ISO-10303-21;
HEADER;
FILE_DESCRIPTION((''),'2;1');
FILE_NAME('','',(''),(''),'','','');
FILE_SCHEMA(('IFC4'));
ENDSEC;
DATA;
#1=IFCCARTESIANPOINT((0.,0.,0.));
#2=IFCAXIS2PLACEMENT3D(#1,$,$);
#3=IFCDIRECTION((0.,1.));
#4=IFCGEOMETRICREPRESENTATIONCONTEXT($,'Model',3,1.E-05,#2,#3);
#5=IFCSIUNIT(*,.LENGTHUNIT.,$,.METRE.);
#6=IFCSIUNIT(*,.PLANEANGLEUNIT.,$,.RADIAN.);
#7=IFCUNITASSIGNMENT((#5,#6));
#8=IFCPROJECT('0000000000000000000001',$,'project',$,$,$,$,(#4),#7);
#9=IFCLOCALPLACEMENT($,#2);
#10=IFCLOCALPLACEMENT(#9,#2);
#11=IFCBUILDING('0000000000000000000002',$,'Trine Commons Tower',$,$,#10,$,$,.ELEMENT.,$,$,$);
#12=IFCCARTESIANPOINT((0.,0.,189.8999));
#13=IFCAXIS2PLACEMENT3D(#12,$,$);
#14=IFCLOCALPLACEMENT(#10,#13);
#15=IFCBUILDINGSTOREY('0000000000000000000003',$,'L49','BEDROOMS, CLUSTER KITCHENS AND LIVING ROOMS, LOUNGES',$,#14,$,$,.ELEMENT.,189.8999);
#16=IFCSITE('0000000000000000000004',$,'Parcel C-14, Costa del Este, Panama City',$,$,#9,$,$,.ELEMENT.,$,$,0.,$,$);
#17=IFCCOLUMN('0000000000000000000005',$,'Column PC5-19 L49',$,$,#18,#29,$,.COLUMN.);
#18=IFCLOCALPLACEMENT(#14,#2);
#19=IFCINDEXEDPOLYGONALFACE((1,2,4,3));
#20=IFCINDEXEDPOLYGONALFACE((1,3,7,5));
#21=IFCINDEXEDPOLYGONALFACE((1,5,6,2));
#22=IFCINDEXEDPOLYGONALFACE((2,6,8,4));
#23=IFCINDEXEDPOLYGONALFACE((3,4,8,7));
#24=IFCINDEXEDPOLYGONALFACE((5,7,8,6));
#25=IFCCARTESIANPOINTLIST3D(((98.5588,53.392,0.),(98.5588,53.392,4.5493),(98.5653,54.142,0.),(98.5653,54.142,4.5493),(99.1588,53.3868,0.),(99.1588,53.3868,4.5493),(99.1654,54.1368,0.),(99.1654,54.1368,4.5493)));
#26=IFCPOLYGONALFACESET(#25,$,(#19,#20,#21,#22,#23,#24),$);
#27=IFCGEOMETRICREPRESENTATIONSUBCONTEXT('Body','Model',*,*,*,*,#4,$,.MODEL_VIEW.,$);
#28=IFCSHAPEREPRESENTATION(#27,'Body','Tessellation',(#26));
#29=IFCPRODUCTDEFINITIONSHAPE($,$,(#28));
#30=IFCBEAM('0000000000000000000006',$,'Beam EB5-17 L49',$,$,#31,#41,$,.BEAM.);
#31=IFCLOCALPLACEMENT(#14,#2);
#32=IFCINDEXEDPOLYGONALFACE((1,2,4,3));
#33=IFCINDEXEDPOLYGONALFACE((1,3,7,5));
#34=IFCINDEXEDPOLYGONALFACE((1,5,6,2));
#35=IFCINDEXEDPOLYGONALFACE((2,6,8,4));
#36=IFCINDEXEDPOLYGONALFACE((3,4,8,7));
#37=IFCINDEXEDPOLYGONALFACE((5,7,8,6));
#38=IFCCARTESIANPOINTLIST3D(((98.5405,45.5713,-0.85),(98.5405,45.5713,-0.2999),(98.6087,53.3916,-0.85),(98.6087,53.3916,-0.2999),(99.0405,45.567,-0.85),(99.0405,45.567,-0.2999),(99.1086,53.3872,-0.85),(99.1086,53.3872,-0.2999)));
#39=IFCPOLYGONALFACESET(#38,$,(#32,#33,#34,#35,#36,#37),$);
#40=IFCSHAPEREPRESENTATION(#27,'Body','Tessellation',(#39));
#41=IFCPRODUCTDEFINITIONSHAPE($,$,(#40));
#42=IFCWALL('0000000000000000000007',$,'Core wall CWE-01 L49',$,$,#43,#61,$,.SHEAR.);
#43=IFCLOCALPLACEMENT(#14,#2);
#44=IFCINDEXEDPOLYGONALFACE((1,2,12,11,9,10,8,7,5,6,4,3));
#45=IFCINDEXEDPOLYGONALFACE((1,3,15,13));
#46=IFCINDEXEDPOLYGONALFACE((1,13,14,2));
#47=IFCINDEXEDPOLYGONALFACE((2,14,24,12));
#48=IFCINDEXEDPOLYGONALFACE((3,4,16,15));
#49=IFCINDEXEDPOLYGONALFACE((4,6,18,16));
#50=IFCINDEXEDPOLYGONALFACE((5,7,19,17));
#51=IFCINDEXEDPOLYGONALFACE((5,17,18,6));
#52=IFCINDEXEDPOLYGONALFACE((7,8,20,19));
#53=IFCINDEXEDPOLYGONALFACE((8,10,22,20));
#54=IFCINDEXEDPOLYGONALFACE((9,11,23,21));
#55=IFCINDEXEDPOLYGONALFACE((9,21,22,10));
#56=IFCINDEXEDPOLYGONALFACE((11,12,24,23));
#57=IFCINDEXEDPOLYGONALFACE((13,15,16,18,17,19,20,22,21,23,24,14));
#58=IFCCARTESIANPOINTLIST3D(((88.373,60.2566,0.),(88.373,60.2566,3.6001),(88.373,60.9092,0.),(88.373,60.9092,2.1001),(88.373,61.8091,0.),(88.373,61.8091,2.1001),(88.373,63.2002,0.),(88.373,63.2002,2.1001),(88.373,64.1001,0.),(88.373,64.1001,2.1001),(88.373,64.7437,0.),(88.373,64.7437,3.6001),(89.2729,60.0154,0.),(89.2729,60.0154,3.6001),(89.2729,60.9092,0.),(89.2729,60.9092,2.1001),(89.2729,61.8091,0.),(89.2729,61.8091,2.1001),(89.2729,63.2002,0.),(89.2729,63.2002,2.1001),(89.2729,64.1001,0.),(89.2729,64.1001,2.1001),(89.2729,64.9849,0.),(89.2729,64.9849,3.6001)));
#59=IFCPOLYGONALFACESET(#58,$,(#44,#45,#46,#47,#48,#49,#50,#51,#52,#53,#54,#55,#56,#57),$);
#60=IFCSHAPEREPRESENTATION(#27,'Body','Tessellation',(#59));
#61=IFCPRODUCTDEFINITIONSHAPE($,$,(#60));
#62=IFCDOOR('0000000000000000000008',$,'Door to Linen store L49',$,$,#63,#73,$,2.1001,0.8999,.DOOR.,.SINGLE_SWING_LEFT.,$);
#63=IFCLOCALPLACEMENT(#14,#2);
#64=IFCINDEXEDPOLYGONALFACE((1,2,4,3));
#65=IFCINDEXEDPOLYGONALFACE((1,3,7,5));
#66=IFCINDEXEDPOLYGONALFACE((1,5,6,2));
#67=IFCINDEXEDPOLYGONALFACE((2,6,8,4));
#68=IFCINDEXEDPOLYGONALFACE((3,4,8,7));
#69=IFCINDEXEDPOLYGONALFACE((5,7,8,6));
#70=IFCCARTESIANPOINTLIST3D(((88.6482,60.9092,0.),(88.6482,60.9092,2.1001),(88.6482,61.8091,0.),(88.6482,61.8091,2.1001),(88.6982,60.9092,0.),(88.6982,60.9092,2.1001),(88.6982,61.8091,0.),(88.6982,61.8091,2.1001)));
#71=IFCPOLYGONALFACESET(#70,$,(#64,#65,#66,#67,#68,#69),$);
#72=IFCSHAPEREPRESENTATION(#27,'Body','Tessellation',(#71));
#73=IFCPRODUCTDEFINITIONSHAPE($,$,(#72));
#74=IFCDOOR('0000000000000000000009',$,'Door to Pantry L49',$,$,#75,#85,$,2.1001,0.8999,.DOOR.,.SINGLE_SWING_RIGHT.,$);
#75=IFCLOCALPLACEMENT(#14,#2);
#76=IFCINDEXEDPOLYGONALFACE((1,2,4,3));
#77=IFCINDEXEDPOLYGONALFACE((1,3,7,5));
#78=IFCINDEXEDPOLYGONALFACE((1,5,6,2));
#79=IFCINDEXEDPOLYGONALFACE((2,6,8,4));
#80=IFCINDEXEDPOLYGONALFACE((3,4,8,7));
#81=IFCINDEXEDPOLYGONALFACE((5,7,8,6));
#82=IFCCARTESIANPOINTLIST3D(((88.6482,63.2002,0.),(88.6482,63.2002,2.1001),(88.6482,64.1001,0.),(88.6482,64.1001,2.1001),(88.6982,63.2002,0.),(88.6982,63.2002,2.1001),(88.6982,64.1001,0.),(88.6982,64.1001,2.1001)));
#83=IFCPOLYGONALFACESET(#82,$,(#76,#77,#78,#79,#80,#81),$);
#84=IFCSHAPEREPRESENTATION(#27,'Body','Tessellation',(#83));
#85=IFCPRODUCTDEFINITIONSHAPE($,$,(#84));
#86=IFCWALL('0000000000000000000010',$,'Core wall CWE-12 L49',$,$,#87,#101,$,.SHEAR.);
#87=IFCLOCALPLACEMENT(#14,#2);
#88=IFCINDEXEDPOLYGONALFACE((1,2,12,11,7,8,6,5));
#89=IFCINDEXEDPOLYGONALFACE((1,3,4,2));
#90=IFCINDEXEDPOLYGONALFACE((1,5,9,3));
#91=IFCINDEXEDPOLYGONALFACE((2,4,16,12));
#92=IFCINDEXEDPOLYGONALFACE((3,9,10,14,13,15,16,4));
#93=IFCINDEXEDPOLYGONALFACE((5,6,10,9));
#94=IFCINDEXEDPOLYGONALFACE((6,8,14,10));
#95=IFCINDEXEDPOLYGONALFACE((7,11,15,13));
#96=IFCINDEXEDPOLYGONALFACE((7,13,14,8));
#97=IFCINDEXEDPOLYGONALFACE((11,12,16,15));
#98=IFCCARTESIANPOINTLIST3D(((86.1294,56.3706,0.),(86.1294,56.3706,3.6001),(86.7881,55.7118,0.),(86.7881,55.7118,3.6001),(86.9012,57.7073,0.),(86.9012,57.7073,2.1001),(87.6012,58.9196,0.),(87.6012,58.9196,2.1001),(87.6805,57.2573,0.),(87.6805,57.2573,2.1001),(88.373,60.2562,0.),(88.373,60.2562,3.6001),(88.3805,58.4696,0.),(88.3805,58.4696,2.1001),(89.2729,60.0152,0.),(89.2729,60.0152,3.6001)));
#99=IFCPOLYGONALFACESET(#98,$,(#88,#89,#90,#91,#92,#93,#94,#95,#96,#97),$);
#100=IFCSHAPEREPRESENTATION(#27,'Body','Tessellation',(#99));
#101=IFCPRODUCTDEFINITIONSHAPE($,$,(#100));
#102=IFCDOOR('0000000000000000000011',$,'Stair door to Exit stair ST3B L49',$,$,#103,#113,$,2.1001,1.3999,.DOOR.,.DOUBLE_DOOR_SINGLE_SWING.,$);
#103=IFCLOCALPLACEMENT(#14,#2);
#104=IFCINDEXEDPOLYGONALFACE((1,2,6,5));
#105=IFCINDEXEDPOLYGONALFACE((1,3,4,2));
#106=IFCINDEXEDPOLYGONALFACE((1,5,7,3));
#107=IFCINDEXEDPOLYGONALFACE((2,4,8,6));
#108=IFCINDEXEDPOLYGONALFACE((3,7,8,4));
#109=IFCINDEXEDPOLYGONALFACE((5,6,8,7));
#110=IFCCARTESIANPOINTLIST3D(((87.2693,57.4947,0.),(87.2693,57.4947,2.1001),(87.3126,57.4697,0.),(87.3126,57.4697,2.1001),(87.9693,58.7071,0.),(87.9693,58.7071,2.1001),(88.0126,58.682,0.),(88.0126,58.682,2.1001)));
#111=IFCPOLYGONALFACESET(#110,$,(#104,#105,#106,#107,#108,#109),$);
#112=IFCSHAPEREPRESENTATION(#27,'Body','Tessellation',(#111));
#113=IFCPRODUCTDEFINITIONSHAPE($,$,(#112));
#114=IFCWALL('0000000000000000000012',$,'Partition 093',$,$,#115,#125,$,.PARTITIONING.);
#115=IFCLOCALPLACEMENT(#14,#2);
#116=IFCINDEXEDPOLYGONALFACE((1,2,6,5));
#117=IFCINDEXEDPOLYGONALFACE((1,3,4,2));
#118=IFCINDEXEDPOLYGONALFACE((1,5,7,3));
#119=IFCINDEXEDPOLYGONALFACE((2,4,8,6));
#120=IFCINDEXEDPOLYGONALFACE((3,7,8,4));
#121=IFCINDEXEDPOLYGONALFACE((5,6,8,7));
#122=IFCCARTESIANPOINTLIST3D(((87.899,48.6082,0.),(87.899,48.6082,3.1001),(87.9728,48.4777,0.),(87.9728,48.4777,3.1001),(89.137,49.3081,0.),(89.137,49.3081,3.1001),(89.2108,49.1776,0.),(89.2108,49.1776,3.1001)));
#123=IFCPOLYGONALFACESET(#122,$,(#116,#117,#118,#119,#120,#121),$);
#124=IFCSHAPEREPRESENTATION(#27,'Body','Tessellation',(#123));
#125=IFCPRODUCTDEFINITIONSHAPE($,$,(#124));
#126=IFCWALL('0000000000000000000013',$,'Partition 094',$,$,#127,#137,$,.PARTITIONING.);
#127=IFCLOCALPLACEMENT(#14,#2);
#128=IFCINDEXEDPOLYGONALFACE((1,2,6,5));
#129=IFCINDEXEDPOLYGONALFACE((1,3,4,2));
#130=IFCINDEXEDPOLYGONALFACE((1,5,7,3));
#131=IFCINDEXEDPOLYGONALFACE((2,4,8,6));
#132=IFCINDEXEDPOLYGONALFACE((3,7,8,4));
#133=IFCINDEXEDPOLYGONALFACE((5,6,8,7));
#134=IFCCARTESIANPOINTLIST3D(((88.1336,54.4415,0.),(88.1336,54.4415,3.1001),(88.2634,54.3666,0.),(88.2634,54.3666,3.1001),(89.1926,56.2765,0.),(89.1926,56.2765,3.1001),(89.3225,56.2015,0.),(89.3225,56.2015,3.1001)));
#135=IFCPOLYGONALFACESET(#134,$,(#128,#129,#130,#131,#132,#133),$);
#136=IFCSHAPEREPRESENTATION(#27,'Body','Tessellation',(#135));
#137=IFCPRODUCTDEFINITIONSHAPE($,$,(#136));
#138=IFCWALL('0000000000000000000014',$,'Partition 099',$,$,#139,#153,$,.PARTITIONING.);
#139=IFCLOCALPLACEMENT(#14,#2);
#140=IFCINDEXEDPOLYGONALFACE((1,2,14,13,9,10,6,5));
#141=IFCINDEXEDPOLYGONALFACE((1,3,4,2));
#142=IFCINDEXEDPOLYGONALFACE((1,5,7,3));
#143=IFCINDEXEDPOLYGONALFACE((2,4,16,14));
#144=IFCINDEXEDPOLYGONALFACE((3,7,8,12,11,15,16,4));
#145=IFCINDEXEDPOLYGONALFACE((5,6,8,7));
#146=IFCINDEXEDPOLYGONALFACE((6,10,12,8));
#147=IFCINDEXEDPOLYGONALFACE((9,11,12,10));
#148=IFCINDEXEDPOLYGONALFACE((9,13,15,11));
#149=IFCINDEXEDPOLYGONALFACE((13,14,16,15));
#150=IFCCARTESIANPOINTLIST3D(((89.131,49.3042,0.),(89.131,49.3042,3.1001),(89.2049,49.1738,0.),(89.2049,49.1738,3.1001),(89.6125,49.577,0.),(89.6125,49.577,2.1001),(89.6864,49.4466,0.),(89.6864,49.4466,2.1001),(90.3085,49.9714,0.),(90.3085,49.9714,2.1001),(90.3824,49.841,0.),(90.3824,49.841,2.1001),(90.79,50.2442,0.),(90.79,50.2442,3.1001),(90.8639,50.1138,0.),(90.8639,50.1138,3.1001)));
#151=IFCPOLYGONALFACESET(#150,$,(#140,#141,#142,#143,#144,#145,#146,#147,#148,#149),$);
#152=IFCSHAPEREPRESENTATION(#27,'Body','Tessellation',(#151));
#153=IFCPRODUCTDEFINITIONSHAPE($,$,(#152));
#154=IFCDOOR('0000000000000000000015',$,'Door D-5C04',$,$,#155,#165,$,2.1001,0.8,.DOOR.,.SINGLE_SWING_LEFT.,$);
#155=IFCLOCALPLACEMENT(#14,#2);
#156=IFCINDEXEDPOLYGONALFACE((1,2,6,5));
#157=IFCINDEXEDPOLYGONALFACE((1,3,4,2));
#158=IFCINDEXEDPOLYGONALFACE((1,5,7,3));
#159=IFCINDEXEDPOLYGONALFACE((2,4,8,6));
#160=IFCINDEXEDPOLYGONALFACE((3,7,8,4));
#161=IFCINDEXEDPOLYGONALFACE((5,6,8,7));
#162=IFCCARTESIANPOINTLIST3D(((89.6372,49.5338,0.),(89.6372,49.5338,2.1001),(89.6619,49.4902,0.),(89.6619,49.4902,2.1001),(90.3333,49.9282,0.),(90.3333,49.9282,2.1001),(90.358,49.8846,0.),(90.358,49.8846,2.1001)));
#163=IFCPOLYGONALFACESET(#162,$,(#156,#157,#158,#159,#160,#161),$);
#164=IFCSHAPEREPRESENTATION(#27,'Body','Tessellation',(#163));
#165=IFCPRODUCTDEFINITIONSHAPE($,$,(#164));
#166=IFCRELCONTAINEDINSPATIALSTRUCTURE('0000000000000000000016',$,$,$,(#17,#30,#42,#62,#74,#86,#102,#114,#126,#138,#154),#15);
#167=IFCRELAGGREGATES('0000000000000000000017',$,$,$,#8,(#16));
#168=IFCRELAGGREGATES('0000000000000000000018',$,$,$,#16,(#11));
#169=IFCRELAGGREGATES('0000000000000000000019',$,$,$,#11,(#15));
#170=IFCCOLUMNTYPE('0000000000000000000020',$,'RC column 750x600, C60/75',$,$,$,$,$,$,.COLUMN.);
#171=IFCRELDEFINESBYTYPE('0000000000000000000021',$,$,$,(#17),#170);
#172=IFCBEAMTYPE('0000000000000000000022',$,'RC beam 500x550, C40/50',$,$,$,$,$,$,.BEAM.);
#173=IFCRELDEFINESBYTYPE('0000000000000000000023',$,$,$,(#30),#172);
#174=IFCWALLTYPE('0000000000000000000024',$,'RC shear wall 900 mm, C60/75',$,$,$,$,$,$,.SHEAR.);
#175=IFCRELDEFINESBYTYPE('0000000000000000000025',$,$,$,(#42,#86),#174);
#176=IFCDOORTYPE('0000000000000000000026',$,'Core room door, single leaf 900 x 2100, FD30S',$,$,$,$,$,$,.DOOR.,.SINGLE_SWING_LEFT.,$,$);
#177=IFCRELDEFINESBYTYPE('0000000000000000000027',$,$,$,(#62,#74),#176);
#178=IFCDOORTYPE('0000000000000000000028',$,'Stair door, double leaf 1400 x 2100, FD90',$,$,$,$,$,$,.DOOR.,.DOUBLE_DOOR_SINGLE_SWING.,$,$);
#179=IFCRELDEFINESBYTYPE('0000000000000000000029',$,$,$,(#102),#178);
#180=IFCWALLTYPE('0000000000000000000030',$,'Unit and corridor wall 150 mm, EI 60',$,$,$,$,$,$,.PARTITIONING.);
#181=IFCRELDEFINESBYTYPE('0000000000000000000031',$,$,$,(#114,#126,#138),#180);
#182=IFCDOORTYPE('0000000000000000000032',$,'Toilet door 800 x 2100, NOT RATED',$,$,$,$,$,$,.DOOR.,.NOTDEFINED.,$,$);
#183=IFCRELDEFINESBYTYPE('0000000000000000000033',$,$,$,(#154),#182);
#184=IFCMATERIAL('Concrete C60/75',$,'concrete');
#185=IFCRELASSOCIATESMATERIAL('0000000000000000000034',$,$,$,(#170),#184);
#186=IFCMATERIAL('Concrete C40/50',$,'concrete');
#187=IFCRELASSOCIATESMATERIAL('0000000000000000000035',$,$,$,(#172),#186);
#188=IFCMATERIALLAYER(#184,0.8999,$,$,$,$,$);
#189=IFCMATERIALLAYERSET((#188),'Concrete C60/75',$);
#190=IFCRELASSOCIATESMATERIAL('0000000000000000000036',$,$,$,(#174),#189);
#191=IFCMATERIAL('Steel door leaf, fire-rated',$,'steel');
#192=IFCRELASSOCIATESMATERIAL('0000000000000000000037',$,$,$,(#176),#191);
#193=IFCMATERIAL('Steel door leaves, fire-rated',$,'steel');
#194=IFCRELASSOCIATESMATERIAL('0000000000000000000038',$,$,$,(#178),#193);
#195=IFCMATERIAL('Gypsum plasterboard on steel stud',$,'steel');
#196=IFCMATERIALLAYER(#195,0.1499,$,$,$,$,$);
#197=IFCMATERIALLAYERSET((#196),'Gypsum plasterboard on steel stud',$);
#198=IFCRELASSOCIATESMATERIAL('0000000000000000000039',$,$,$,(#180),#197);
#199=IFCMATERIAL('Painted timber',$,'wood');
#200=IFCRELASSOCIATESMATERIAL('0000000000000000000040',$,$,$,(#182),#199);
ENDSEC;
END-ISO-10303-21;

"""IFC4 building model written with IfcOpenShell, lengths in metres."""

from ifc_helpers import new_model, si_unit, direction, frame, frame_2d, origin, origin_2d, place, context, subcontext, project, spatial, polyline, rectangle, outline, extrude, material, layer, layer_set, material_profile, profile_set, type_object, element, fill, save


model = new_model("IFC4")

# Units and contexts
model_context = context("Model", 3, precision=1e-05, world=origin(), true_north=direction((0.0, 1.0)))
body_context = subcontext(model_context, "Body", "Model", "MODEL_VIEW")
ifc_project = project(units=[si_unit("LENGTHUNIT", "METRE"), si_unit("PLANEANGLEUNIT", "RADIAN")], contexts=[model_context])

# Site, building, storey
site_placement = place(None, origin())
site = spatial("IfcSite", under=ifc_project, at=site_placement, Name="Parcel C-14, Costa del Este, Panama City", CompositionType="ELEMENT", RefElevation=0.0)
building_placement = place(site_placement, origin())
building = spatial("IfcBuilding", under=site, at=building_placement, Name="Trine Commons Tower", CompositionType="ELEMENT")
storey_placement = place(building_placement, frame((0.0, 0.0, 189.8999)))
storey = spatial("IfcBuildingStorey", under=building, at=storey_placement, Name="L49", Description="BEDROOMS, CLUSTER KITCHENS AND LIVING ROOMS, LOUNGES", CompositionType="ELEMENT", Elevation=189.8999)

# Column
ifc_material_1 = material(Name="Concrete C60/75", Category="concrete")
ifc_material_profile_1 = material_profile(ifc_material_1, rectangle(XDim=0.75, YDim=0.6001, at=origin_2d()), Name="RC 750x600")
ifc_profile_set_1 = profile_set([ifc_material_profile_1], Name="Concrete C60/75")
column_type = type_object("IfcColumnType", Name="RC column 750x600, C60/75", PredefinedType="COLUMN", material=ifc_profile_set_1)
column_placement = place(storey_placement, frame((98.8621, 53.7644, 0.0), z_axis=(0.0, 0.0, 1.0), x_axis=(0.008727, 0.999962, 0.0)))
element("IfcColumn", 1, at=column_placement, inside=storey, type_object=column_type, Name="Column PC5-19 L49", PredefinedType="COLUMN", context=body_context, shape_type="SweptSolid", body=[
    extrude(rectangle(XDim=0.75, YDim=0.6001, at=origin_2d()), origin(), (0.0, 0.0, 1.0), 4.5493),
])

# Beam
ifc_material_2 = material(Name="Concrete C40/50", Category="concrete")
ifc_material_profile_2 = material_profile(ifc_material_2, rectangle(XDim=0.5, YDim=0.55, at=origin_2d()), Name="RC 500x550")
ifc_profile_set_2 = profile_set([ifc_material_profile_2], Name="Concrete C40/50")
beam_type = type_object("IfcBeamType", Name="RC beam 500x550, C40/50", PredefinedType="BEAM", material=ifc_profile_set_2)
beam_placement = place(storey_placement, frame((98.8586, 53.3894, -0.575), z_axis=(-0.00871, -0.999962, 0.0), x_axis=(0.999962, -0.00871, 0.0)))
element("IfcBeam", 2, at=beam_placement, inside=storey, type_object=beam_type, Name="Beam EB5-17 L49", PredefinedType="BEAM", context=body_context, shape_type="SweptSolid", body=[
    extrude(rectangle(XDim=0.5, YDim=0.55, at=origin_2d()), origin(), (0.0, 0.0, 1.0), 7.8206),
])

# Wall, openings, doors
ifc_layer_1 = layer(ifc_material_1, 0.8999)
ifc_layer_set_1 = layer_set([ifc_layer_1], Name="Concrete C60/75")
wall_type_1 = type_object("IfcWallType", Name="RC shear wall 900 mm, C60/75", PredefinedType="SHEAR", material=ifc_layer_set_1)
wall_1_placement = place(storey_placement, frame((88.823, 60.0154, 0.0), z_axis=(0.0, 0.0, 1.0), x_axis=(0.0, 1.0, 0.0)))
wall_1 = element("IfcWall", 3, at=wall_1_placement, inside=storey, type_object=wall_type_1, Name="Core wall CWE-01 L49", PredefinedType="SHEAR", context=body_context, shape_type="SweptSolid", body=[
    extrude(outline(polyline([(0.0, -0.45), (4.9695, -0.45), (4.7283, 0.45), (0.2412, 0.45), (0.0, -0.45)])), origin(), (0.0, 0.0, 1.0), 3.6001),
])
opening_1_placement = place(wall_1_placement, frame((0.8938, 0.0, 0.0)))
opening_1 = element("IfcOpeningElement", 4, at=opening_1_placement, cuts=wall_1, PredefinedType="OPENING", context=body_context, shape_type="SweptSolid", body=[
    extrude(rectangle(XDim=0.8999, YDim=2.1001, at=frame_2d((0.45, 1.05))), frame((0.0, 0.46, 0.0), z_axis=(0.0, -1.0, 0.0), x_axis=(1.0, 0.0, 0.0)), (0.0, 0.0, 1.0), 0.9199),
])
opening_2_placement = place(wall_1_placement, frame((3.1848, 0.0, 0.0)))
opening_2 = element("IfcOpeningElement", 5, at=opening_2_placement, cuts=wall_1, PredefinedType="OPENING", context=body_context, shape_type="SweptSolid", body=[
    extrude(rectangle(XDim=0.8999, YDim=2.1001, at=frame_2d((0.45, 1.05))), frame((0.0, 0.46, 0.0), z_axis=(0.0, -1.0, 0.0), x_axis=(1.0, 0.0, 0.0)), (0.0, 0.0, 1.0), 0.9199),
])
ifc_material_3 = material(Name="Steel door leaf, fire-rated", Category="steel")
door_type_1 = type_object("IfcDoorType", Name="Core room door, single leaf 900 x 2100, FD30S", OperationType="SINGLE_SWING_LEFT", PredefinedType="DOOR", material=ifc_material_3)
door_1_placement = place(opening_1_placement, origin())
door_1 = element("IfcDoor", 6, at=door_1_placement, inside=storey, type_object=door_type_1, Name="Door to Linen store L49", OperationType="SINGLE_SWING_LEFT", OverallHeight=2.1001, OverallWidth=0.8999, PredefinedType="DOOR", context=body_context, shape_type="SweptSolid", body=[
    extrude(rectangle(XDim=0.8999, YDim=2.1001, at=frame_2d((0.45, 1.05))), frame((0.0, 0.1748, 0.0), z_axis=(0.0, -1.0, 0.0), x_axis=(1.0, 0.0, 0.0)), (0.0, 0.0, 1.0), 0.05),
])
fill(opening_1, door_1)
door_2_placement = place(opening_2_placement, origin())
door_2 = element("IfcDoor", 7, at=door_2_placement, inside=storey, type_object=door_type_1, Name="Door to Pantry L49", OperationType="SINGLE_SWING_RIGHT", OverallHeight=2.1001, OverallWidth=0.8999, PredefinedType="DOOR", context=body_context, shape_type="SweptSolid", body=[
    extrude(rectangle(XDim=0.8999, YDim=2.1001, at=frame_2d((0.45, 1.05))), frame((0.0, 0.1748, 0.0), z_axis=(0.0, -1.0, 0.0), x_axis=(1.0, 0.0, 0.0)), (0.0, 0.0, 1.0), 0.05),
])
fill(opening_2, door_2)

# Wall, opening, door
wall_2_placement = place(storey_placement, frame((86.3984, 55.9368, 0.0), z_axis=(0.0, 0.0, 1.0), x_axis=(0.500039, 0.866003, 0.0)))
wall_2 = element("IfcWall", 8, at=wall_2_placement, inside=storey, type_object=wall_type_1, Name="Core wall CWE-12 L49", PredefinedType="SHEAR", context=body_context, shape_type="SweptSolid", body=[
    extrude(outline(polyline([(0.0, -0.45), (4.9692, -0.45), (4.728, 0.45), (0.2412, 0.45), (0.0, -0.45)])), origin(), (0.0, 0.0, 1.0), 3.6001),
])
opening_3_placement = place(wall_2_placement, frame((1.7847, 0.0, 0.0)))
opening_3 = element("IfcOpeningElement", 9, at=opening_3_placement, cuts=wall_2, PredefinedType="OPENING", context=body_context, shape_type="SweptSolid", body=[
    extrude(rectangle(XDim=1.3999, YDim=2.1001, at=frame_2d((0.7, 1.05))), frame((0.0, 0.46, 0.0), z_axis=(0.0, -1.0, 0.0), x_axis=(1.0, 0.0, 0.0)), (0.0, 0.0, 1.0), 0.9199),
])
ifc_material_4 = material(Name="Steel door leaves, fire-rated", Category="steel")
door_type_2 = type_object("IfcDoorType", Name="Stair door, double leaf 1400 x 2100, FD90", OperationType="DOUBLE_DOOR_SINGLE_SWING", PredefinedType="DOOR", material=ifc_material_4)
door_3_placement = place(opening_3_placement, origin())
door_3 = element("IfcDoor", 10, at=door_3_placement, inside=storey, type_object=door_type_2, Name="Stair door to Exit stair ST3B L49", OperationType="DOUBLE_DOOR_SINGLE_SWING", OverallHeight=2.1001, OverallWidth=1.3999, PredefinedType="DOOR", context=body_context, shape_type="SweptSolid", body=[
    extrude(rectangle(XDim=1.3999, YDim=2.1001, at=frame_2d((0.7, 1.05))), frame((0.0, 0.0249, 0.0), z_axis=(0.0, -1.0, 0.0), x_axis=(1.0, 0.0, 0.0)), (0.0, 0.0, 1.0), 0.05),
])
fill(opening_3, door_3)

# Walls
ifc_material_5 = material(Name="Gypsum plasterboard on steel stud", Category="steel")
ifc_layer_2 = layer(ifc_material_5, 0.1499)
ifc_layer_set_2 = layer_set([ifc_layer_2], Name="Gypsum plasterboard on steel stud")
wall_type_2 = type_object("IfcWallType", Name="Unit and corridor wall 150 mm, EI 60", PredefinedType="PARTITIONING", material=ifc_layer_set_2)
wall_3_placement = place(storey_placement, frame((87.936, 48.543, 0.0), z_axis=(0.0, 0.0, 1.0), x_axis=(0.870505, 0.492159, 0.0)))
element("IfcWall", 11, at=wall_3_placement, inside=storey, type_object=wall_type_2, Name="Partition 093", PredefinedType="PARTITIONING", context=body_context, shape_type="SweptSolid", body=[
    extrude(rectangle(XDim=1.4221, YDim=0.1499, at=frame_2d((0.7109, 0.0))), origin(), (0.0, 0.0, 1.0), 3.1001),
])
wall_4_placement = place(storey_placement, frame((88.1985, 54.4041, 0.0), z_axis=(0.0, 0.0, 1.0), x_axis=(0.499882, 0.866093, 0.0)))
element("IfcWall", 12, at=wall_4_placement, inside=storey, type_object=wall_type_2, Name="Partition 094", PredefinedType="PARTITIONING", context=body_context, shape_type="SweptSolid", body=[
    extrude(rectangle(XDim=2.1187, YDim=0.1499, at=frame_2d((1.0593, 0.0))), origin(), (0.0, 0.0, 1.0), 3.1001),
])

# Wall, opening, door
wall_5_placement = place(storey_placement, frame((89.168, 49.239, 0.0), z_axis=(0.0, 0.0, 1.0), x_axis=(0.87005, 0.492964, 0.0)))
wall_5 = element("IfcWall", 13, at=wall_5_placement, inside=storey, type_object=wall_type_2, Name="Partition 099", PredefinedType="PARTITIONING", context=body_context, shape_type="SweptSolid", body=[
    extrude(rectangle(XDim=1.9067, YDim=0.1499, at=frame_2d((0.9534, 0.0))), origin(), (0.0, 0.0, 1.0), 3.1001),
])
opening_4_placement = place(wall_5_placement, frame((0.5535, 0.0, 0.0)))
opening_4 = element("IfcOpeningElement", 14, at=opening_4_placement, cuts=wall_5, PredefinedType="OPENING", context=body_context, shape_type="SweptSolid", body=[
    extrude(rectangle(XDim=0.8, YDim=2.1001, at=frame_2d((0.3999, 1.05))), frame((0.0, 0.085, 0.0), z_axis=(0.0, -1.0, 0.0), x_axis=(1.0, 0.0, 0.0)), (0.0, 0.0, 1.0), 0.1699),
])
ifc_material_6 = material(Name="Painted timber", Category="wood")
door_type_3 = type_object("IfcDoorType", Name="Toilet door 800 x 2100, NOT RATED", OperationType="NOTDEFINED", PredefinedType="DOOR", material=ifc_material_6)
door_4_placement = place(opening_4_placement, frame((0.8, 0.0, 0.0), z_axis=(0.0, 0.0, 1.0), x_axis=(-1.0, 0.0, 0.0)))
door_4 = element("IfcDoor", 15, at=door_4_placement, inside=storey, type_object=door_type_3, Name="Door D-5C04", OperationType="SINGLE_SWING_LEFT", OverallHeight=2.1001, OverallWidth=0.8, PredefinedType="DOOR", context=body_context, shape_type="SweptSolid", body=[
    extrude(rectangle(XDim=0.8, YDim=2.1001, at=frame_2d((0.3999, 1.05))), frame((0.0, 0.0249, 0.0), z_axis=(0.0, -1.0, 0.0), x_axis=(1.0, 0.0, 0.0)), (0.0, 0.0, 1.0), 0.05),
])
fill(opening_4, door_4)

save(model, "model.ifc")
